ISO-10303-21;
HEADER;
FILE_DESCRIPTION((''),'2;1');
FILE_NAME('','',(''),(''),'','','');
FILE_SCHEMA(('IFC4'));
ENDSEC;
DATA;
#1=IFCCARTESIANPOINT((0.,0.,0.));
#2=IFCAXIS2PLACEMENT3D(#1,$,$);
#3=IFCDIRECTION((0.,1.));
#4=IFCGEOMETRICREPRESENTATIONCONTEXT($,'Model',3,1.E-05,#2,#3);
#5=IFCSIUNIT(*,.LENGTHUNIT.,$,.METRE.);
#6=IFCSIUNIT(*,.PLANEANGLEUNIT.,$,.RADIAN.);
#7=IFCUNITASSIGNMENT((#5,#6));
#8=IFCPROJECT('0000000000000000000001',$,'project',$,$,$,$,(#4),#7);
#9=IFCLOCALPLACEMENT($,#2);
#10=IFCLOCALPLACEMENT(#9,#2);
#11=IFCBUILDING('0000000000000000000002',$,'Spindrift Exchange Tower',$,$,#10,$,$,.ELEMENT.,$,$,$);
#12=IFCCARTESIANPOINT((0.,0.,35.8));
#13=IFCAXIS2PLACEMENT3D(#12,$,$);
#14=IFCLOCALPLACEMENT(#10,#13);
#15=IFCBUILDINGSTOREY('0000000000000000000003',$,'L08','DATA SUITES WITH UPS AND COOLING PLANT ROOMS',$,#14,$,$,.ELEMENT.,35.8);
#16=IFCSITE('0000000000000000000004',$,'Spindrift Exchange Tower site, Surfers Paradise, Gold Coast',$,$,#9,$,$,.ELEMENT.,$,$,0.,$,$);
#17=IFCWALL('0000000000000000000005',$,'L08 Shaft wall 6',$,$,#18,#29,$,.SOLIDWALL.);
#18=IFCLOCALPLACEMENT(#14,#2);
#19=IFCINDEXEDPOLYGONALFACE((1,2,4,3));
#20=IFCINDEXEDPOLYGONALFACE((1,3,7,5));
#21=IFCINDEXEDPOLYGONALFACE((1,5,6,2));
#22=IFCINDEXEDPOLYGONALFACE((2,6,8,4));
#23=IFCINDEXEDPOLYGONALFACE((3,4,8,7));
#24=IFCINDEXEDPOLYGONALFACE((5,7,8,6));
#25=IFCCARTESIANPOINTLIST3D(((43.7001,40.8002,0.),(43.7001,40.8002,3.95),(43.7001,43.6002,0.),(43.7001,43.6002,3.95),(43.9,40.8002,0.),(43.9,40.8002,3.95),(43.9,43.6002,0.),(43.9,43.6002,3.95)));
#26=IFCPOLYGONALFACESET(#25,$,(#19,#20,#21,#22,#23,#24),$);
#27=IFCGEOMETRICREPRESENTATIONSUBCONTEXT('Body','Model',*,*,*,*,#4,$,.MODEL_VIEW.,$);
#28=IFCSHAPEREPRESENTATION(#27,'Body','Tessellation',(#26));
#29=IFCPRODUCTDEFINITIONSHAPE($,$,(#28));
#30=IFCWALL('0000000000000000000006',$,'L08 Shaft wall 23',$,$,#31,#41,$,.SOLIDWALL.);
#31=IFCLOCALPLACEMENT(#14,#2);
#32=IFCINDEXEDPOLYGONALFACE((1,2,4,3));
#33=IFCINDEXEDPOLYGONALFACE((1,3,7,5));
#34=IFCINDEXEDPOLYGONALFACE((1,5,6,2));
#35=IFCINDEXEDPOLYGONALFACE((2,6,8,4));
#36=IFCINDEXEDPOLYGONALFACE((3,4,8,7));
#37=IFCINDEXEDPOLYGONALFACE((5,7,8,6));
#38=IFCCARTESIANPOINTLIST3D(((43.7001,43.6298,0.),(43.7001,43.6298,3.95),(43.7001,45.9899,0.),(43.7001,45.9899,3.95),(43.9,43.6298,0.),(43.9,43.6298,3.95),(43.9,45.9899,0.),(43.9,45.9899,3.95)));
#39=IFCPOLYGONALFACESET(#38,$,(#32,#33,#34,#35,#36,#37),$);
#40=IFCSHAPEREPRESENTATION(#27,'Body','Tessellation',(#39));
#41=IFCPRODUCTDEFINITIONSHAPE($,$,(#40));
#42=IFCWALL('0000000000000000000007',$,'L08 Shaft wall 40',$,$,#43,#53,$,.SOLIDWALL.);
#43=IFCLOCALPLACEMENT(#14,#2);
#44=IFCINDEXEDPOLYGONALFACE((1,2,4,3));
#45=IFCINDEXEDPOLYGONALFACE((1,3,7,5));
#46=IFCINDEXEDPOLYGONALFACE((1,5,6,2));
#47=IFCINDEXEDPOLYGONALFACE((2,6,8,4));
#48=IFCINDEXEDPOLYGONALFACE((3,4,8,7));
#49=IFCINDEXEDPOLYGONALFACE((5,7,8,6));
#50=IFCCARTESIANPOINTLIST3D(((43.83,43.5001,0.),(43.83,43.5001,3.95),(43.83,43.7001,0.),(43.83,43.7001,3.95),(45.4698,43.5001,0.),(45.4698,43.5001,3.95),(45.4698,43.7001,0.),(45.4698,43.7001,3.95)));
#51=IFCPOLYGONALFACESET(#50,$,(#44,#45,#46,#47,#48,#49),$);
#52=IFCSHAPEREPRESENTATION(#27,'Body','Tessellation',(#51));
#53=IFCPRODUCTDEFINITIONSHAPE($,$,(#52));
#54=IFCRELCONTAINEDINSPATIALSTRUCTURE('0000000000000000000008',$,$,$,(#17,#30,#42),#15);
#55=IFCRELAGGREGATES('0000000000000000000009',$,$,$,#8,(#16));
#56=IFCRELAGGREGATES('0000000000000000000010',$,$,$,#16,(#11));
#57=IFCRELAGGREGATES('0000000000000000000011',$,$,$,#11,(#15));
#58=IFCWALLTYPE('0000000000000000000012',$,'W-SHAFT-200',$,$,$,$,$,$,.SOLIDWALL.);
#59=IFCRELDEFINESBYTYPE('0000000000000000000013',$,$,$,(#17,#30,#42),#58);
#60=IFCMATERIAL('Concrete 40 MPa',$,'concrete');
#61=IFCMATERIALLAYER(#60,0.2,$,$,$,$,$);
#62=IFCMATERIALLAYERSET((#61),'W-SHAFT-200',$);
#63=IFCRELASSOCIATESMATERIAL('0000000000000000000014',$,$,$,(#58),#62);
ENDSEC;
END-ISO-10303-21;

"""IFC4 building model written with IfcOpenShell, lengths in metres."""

from ifc_helpers import new_model, si_unit, direction, frame, frame_2d, origin, place, context, subcontext, project, spatial, rectangle, extrude, material, layer, layer_set, type_object, element, save


model = new_model("IFC4")

# Units and contexts
model_context = context("Model", 3, precision=1e-05, world=origin(), true_north=direction((0.0, 1.0)))
body_context = subcontext(model_context, "Body", "Model", "MODEL_VIEW")
ifc_project = project(units=[si_unit("LENGTHUNIT", "METRE"), si_unit("PLANEANGLEUNIT", "RADIAN")], contexts=[model_context])

# Site, building, storey
site_placement = place(None, origin())
site = spatial("IfcSite", under=ifc_project, at=site_placement, Name="Spindrift Exchange Tower site, Surfers Paradise, Gold Coast", CompositionType="ELEMENT", RefElevation=0.0)
building_placement = place(site_placement, origin())
building = spatial("IfcBuilding", under=site, at=building_placement, Name="Spindrift Exchange Tower", CompositionType="ELEMENT")
storey_placement = place(building_placement, frame((0.0, 0.0, 35.8)))
storey = spatial("IfcBuildingStorey", under=building, at=storey_placement, Name="L08", Description="DATA SUITES WITH UPS AND COOLING PLANT ROOMS", CompositionType="ELEMENT", Elevation=35.8)

# Walls
ifc_material_1 = material(Name="Concrete 40 MPa", Category="concrete")
ifc_layer_1 = layer(ifc_material_1, 0.2)
ifc_layer_set_1 = layer_set([ifc_layer_1], Name="W-SHAFT-200")
wall_type_1 = type_object("IfcWallType", Name="W-SHAFT-200", PredefinedType="SOLIDWALL", material=ifc_layer_set_1)
wall_1_placement = place(storey_placement, frame((43.8, 43.6001, 0.0), z_axis=(0.0, 0.0, 1.0), x_axis=(0.0, -1.0, 0.0)))
element("IfcWall", 1, at=wall_1_placement, inside=storey, type_object=wall_type_1, Name="L08 Shaft wall 6", PredefinedType="SOLIDWALL", context=body_context, shape_type="SweptSolid", body=[
    extrude(rectangle(XDim=2.8, YDim=0.2, at=frame_2d((1.3999, 0.0))), origin(), (0.0, 0.0, 1.0), 3.95),
])
wall_2_placement = place(storey_placement, frame((43.8, 45.99, 0.0), z_axis=(0.0, 0.0, 1.0), x_axis=(0.0, -1.0, 0.0)))
element("IfcWall", 2, at=wall_2_placement, inside=storey, type_object=wall_type_1, Name="L08 Shaft wall 23", PredefinedType="SOLIDWALL", context=body_context, shape_type="SweptSolid", body=[
    extrude(rectangle(XDim=2.3601, YDim=0.2, at=frame_2d((1.1802, 0.0))), origin(), (0.0, 0.0, 1.0), 3.95),
])
wall_3_placement = place(storey_placement, frame((43.8301, 43.6001, 0.0), z_axis=(0.0, 0.0, 1.0), x_axis=(1.0, 0.0, 0.0)))
element("IfcWall", 3, at=wall_3_placement, inside=storey, type_object=wall_type_1, Name="L08 Shaft wall 40", PredefinedType="SOLIDWALL", context=body_context, shape_type="SweptSolid", body=[
    extrude(rectangle(XDim=1.6399, YDim=0.2, at=frame_2d((0.8198, 0.0))), origin(), (0.0, 0.0, 1.0), 3.95),
])

save(model, "model.ifc")
